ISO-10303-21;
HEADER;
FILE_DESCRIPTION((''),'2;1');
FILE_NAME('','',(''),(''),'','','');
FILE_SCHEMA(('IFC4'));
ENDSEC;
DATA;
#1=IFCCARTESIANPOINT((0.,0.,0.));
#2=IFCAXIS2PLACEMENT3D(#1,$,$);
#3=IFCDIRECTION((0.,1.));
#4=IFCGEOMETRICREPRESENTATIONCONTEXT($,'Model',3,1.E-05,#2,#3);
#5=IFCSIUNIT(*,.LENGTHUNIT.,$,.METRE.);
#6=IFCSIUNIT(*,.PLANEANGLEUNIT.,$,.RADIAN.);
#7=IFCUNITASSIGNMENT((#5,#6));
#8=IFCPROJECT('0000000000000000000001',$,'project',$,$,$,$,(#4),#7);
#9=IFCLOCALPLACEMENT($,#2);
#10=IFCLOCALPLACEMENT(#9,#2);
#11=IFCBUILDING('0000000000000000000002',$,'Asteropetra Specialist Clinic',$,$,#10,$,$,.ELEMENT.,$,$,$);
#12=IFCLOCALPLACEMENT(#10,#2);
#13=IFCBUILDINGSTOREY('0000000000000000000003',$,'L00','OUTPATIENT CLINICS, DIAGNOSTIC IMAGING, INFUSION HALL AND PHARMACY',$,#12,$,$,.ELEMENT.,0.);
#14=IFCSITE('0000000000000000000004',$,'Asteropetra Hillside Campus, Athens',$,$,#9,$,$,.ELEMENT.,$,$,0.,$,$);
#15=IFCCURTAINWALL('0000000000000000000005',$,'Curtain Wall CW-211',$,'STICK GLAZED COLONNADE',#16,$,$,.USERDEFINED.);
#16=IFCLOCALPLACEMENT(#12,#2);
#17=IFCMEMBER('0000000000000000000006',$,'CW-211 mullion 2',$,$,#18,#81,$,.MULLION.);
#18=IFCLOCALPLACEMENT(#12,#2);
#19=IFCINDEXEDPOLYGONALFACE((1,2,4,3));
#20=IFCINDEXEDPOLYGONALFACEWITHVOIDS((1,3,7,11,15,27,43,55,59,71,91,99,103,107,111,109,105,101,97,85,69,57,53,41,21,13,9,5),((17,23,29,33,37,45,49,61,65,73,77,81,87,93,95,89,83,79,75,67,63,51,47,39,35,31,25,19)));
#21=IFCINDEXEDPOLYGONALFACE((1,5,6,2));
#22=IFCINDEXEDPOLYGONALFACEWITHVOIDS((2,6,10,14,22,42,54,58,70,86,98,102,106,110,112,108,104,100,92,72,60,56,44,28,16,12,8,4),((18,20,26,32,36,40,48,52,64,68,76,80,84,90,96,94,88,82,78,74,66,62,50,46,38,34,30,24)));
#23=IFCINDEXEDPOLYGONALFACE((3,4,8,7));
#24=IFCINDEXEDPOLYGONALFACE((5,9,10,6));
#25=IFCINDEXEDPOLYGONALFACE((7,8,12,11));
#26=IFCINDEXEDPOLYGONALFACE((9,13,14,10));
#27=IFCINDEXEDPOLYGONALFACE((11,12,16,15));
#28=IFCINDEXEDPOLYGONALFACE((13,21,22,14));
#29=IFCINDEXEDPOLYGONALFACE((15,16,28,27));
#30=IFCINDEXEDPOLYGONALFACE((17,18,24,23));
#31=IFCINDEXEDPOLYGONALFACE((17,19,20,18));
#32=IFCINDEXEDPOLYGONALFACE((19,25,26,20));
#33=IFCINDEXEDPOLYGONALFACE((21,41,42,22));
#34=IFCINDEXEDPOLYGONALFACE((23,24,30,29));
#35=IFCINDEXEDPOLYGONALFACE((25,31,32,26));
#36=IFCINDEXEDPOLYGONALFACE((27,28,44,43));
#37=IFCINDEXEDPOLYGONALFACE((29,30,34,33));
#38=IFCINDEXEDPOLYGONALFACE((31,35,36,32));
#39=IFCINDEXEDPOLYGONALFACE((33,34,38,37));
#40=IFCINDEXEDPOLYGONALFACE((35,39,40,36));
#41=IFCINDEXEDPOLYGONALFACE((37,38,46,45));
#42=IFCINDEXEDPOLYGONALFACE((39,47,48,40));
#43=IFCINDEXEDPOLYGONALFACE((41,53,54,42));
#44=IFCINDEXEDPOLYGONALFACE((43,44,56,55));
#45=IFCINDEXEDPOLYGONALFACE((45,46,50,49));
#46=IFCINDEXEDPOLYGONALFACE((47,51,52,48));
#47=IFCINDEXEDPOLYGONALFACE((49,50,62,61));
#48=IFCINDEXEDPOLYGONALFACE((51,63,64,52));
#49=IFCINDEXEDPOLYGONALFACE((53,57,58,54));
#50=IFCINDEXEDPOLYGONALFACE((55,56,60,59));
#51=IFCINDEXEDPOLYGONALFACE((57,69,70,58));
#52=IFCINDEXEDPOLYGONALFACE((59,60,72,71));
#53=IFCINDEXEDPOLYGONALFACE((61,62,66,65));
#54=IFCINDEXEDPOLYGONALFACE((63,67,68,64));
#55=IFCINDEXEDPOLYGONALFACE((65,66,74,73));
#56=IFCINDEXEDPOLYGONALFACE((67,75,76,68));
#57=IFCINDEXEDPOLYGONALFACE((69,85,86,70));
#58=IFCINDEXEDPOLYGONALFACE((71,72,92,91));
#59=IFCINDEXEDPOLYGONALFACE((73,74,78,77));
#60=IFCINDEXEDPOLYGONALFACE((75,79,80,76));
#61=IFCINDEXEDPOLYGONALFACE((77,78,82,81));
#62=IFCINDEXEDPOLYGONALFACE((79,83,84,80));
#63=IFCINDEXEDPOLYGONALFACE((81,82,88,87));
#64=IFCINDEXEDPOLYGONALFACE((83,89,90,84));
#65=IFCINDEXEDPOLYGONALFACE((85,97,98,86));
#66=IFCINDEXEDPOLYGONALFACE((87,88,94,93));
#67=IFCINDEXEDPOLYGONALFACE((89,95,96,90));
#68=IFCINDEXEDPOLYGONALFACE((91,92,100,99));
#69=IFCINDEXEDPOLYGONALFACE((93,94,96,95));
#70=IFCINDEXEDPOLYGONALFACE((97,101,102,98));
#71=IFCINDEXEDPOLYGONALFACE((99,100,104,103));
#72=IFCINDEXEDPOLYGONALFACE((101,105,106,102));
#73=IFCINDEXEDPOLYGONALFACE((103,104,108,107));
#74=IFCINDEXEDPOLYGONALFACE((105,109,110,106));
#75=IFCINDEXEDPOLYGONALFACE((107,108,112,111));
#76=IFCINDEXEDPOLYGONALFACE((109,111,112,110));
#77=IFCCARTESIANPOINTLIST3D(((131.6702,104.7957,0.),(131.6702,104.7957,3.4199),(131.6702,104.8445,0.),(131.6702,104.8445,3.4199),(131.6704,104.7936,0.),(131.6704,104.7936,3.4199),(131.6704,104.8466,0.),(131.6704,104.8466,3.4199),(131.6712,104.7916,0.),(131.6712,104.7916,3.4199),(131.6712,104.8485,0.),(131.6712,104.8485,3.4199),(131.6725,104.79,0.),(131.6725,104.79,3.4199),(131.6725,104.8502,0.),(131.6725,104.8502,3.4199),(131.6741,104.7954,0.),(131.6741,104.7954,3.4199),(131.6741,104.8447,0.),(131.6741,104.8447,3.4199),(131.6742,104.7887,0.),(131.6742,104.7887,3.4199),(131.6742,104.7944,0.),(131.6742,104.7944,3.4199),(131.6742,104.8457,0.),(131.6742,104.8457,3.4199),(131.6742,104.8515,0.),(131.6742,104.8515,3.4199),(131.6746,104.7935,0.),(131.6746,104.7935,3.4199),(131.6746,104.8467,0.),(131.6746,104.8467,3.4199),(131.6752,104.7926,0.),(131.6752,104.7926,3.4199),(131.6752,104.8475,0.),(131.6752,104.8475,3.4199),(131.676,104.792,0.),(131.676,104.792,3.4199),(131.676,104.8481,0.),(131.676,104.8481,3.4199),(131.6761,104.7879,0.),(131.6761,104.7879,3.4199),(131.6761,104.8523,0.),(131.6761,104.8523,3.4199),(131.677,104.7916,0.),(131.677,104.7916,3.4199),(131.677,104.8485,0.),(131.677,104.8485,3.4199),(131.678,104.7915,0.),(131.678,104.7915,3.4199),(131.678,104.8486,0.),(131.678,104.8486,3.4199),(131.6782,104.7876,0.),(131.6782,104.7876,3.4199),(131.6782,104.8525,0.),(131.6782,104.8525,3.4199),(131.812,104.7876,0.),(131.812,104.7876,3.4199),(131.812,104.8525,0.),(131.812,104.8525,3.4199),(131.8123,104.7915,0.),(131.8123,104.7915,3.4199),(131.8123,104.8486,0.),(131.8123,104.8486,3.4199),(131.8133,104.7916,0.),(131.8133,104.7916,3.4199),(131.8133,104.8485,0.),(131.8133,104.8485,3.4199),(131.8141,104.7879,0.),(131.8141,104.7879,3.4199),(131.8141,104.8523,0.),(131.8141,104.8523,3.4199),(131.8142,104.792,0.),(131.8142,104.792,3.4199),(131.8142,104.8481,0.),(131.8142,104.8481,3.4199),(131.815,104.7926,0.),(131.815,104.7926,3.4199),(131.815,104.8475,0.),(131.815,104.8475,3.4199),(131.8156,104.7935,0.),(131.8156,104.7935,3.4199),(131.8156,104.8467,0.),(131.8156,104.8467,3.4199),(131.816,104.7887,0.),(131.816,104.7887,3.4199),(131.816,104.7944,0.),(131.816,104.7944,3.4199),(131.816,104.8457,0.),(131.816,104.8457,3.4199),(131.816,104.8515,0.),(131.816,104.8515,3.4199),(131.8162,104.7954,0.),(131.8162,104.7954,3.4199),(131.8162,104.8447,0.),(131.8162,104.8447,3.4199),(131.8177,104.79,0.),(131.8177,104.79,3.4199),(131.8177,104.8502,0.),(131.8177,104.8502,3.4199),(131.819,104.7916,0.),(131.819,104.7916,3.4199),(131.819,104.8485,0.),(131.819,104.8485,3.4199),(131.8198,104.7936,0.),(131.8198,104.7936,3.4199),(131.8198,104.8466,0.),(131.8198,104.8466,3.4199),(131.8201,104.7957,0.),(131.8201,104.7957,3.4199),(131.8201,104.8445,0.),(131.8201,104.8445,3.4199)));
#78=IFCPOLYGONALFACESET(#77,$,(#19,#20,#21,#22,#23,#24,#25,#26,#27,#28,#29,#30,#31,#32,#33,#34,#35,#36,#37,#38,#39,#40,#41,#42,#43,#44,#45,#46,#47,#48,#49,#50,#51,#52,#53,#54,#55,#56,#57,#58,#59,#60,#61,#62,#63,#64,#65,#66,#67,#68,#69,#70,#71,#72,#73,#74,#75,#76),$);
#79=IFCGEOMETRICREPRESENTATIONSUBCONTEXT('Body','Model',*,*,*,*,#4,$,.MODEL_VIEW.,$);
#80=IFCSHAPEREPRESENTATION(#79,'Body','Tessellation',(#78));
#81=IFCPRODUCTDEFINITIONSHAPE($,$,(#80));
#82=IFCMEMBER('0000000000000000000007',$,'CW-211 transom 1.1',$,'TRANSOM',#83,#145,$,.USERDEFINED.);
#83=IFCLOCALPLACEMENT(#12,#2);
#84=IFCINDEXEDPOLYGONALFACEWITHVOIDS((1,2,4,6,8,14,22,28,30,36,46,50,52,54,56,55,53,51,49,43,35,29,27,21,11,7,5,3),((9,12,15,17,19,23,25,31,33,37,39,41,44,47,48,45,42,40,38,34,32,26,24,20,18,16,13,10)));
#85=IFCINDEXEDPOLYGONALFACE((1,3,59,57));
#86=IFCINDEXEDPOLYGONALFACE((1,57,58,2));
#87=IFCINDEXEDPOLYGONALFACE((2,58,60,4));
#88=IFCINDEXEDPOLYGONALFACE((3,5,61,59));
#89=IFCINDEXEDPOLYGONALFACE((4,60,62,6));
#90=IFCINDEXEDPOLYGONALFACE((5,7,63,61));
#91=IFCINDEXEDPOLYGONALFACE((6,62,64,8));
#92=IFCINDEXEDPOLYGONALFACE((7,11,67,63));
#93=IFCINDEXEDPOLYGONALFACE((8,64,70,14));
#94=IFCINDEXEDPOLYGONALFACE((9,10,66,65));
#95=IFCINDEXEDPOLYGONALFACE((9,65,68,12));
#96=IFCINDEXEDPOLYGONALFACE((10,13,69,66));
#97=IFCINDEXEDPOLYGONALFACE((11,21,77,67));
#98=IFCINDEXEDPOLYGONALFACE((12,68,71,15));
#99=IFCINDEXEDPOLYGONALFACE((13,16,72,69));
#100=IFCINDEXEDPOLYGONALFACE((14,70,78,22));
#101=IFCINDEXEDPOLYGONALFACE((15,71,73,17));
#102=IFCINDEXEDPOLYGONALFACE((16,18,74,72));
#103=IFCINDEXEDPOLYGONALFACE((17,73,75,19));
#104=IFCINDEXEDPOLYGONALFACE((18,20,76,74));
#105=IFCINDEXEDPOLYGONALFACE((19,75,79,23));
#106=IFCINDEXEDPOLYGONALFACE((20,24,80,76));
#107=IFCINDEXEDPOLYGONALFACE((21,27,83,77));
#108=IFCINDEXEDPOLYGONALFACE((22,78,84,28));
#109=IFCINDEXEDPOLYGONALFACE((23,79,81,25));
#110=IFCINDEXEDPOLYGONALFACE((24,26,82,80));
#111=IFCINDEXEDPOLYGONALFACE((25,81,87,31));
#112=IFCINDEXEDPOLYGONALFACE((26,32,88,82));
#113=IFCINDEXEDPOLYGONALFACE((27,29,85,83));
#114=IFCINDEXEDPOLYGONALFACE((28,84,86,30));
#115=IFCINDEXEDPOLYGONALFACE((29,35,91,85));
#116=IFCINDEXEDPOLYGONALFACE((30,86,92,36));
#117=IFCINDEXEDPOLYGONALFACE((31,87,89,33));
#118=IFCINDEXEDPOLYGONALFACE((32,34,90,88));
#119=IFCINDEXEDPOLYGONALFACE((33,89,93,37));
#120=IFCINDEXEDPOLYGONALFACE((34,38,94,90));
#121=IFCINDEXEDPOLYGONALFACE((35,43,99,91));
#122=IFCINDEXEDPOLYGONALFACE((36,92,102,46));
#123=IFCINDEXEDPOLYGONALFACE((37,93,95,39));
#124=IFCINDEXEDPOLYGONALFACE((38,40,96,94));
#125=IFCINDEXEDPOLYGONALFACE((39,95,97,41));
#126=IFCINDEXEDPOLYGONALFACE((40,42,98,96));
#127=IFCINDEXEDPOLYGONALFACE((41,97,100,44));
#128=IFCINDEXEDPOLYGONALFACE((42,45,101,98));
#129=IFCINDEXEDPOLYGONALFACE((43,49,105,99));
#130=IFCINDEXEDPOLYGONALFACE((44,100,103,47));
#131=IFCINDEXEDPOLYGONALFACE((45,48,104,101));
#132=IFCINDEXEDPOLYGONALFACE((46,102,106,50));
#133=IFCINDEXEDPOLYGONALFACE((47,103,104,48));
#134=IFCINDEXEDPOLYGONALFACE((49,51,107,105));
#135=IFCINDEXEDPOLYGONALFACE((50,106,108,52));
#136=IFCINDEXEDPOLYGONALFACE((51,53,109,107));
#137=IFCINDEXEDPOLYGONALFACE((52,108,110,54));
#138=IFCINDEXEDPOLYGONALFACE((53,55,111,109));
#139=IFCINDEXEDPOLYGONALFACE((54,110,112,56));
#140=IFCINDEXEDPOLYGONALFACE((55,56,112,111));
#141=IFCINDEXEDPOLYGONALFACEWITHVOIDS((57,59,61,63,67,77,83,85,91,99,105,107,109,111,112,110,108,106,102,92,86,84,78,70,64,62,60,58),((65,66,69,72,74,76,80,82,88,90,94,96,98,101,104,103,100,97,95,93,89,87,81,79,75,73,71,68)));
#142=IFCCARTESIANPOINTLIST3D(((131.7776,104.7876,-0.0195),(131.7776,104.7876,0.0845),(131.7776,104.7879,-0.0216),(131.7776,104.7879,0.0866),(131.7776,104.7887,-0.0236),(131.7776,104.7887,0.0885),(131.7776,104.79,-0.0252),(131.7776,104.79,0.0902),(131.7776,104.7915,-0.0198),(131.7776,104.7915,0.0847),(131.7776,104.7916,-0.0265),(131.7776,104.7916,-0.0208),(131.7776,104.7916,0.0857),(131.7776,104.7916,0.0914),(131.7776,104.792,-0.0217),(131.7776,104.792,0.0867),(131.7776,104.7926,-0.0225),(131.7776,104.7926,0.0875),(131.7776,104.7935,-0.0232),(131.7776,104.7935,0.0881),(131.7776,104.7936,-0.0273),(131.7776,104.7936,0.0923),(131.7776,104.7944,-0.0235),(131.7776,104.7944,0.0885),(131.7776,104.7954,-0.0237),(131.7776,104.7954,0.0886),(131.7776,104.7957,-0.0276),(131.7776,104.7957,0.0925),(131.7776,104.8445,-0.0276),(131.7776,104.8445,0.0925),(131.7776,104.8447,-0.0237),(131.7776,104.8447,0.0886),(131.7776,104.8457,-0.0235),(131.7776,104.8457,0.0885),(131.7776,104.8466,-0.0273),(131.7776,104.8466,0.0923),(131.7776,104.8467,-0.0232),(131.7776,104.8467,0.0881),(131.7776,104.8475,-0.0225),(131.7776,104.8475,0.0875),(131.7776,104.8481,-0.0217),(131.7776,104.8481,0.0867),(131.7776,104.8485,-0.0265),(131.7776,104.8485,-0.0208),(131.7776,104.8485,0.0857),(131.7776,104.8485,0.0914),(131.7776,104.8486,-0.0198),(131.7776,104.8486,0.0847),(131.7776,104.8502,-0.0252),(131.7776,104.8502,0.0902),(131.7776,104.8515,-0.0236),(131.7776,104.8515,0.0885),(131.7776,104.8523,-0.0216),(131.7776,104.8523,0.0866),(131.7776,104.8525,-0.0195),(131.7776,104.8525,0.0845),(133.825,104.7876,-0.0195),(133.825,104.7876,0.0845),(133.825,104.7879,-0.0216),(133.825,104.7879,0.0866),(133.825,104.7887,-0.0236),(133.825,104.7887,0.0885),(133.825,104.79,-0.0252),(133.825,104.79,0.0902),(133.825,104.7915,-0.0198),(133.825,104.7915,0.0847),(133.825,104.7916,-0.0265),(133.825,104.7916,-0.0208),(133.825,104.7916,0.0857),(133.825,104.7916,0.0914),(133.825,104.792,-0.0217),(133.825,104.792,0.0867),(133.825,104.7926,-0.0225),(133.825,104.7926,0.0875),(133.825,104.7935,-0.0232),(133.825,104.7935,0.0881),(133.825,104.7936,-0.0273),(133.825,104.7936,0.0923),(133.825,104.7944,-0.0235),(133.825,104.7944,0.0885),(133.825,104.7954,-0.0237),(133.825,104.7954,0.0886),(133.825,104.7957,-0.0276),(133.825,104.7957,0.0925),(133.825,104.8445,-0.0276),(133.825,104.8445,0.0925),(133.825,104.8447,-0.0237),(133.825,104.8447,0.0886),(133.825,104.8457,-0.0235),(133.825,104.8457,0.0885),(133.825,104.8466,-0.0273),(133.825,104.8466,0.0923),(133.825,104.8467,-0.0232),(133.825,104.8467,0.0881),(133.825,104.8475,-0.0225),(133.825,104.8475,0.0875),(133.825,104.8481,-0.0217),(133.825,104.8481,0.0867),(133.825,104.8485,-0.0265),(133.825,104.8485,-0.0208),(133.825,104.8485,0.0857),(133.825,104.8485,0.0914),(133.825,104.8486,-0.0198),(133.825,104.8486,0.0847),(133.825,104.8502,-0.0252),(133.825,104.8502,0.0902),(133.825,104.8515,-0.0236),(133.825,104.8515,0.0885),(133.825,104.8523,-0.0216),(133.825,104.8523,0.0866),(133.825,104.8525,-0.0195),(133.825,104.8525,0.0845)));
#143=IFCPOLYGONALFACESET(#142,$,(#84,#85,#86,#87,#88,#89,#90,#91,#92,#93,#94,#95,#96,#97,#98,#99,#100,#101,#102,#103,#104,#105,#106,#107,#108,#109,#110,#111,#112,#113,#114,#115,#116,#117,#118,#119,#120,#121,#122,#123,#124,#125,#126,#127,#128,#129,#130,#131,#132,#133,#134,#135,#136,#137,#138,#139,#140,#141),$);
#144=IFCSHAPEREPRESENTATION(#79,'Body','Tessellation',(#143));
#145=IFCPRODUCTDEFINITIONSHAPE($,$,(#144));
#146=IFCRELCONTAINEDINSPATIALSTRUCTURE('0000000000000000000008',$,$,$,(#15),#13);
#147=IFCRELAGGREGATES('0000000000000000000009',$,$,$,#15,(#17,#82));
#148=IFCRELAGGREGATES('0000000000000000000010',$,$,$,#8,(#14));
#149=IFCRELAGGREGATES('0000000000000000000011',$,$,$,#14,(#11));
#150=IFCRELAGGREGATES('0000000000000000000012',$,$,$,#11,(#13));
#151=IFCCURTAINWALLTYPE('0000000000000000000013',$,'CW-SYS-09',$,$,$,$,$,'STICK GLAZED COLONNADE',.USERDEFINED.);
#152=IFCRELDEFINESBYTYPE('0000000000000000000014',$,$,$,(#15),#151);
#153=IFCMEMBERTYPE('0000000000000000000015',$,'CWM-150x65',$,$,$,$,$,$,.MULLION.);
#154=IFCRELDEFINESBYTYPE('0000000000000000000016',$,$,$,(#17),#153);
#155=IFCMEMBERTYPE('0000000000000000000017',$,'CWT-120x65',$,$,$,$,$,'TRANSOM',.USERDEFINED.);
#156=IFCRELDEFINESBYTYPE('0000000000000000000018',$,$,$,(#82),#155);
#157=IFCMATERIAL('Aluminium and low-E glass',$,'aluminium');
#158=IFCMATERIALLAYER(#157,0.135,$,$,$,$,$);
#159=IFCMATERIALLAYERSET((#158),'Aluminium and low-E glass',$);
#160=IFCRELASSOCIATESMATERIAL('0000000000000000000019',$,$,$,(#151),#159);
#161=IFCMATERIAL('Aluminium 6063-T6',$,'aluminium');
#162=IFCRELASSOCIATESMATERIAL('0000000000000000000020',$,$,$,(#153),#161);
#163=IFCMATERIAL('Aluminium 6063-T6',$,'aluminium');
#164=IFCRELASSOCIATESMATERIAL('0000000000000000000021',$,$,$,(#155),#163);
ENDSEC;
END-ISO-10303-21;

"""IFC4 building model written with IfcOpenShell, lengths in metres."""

from ifc_helpers import new_model, si_unit, direction, frame, origin, origin_2d, place, context, subcontext, project, spatial, hollow_rectangle, extrude, material, layer, layer_set, material_profile, profile_set, type_object, element, aggregate, save


model = new_model("IFC4")

# Units and contexts
model_context = context("Model", 3, precision=1e-05, world=origin(), true_north=direction((0.0, 1.0)))
body_context = subcontext(model_context, "Body", "Model", "MODEL_VIEW")
ifc_project = project(units=[si_unit("LENGTHUNIT", "METRE"), si_unit("PLANEANGLEUNIT", "RADIAN")], contexts=[model_context])

# Site, building, storey
site_placement = place(None, origin())
site = spatial("IfcSite", under=ifc_project, at=site_placement, Name="Asteropetra Hillside Campus, Athens", CompositionType="ELEMENT", RefElevation=0.0)
building_placement = place(site_placement, origin())
building = spatial("IfcBuilding", under=site, at=building_placement, Name="Asteropetra Specialist Clinic", CompositionType="ELEMENT")
storey_placement = place(building_placement, origin())
storey = spatial("IfcBuildingStorey", under=building, at=storey_placement, Name="L00", Description="OUTPATIENT CLINICS, DIAGNOSTIC IMAGING, INFUSION HALL AND PHARMACY", CompositionType="ELEMENT", Elevation=0.0)

# Curtain wall, members
ifc_material_1 = material(Name="Aluminium and low-E glass", Category="aluminium")
ifc_layer_1 = layer(ifc_material_1, 0.135)
ifc_layer_set_1 = layer_set([ifc_layer_1], Name="Aluminium and low-E glass")
curtain_wall_type = type_object("IfcCurtainWallType", Name="CW-SYS-09", ElementType="STICK GLAZED COLONNADE", PredefinedType="USERDEFINED", material=ifc_layer_set_1)
curtain_wall_placement = place(storey_placement, origin())
curtain_wall = element("IfcCurtainWall", 1, at=curtain_wall_placement, inside=storey, type_object=curtain_wall_type, Name="Curtain Wall CW-211", ObjectType="STICK GLAZED COLONNADE", PredefinedType="USERDEFINED")
ifc_material_2 = material(Name="Aluminium 6063-T6", Category="aluminium")
ifc_material_profile_1 = material_profile(ifc_material_2, hollow_rectangle(XDim=0.0649, YDim=0.1499, WallThickness=0.0039, InnerFilletRadius=0.0039, OuterFilletRadius=0.0081, at=origin_2d()), Name="MUL 150x65x4.0")
ifc_profile_set_1 = profile_set([ifc_material_profile_1], Name="Aluminium 6063-T6")
member_type_1 = type_object("IfcMemberType", Name="CWM-150x65", PredefinedType="MULLION", material=ifc_profile_set_1)
member_1_placement = place(storey_placement, frame((131.7451, 104.8201, 0.0), z_axis=(0.0, 0.0, 1.0), x_axis=(0.0, -1.0, 0.0)))
member_1 = element("IfcMember", 2, at=member_1_placement, type_object=member_type_1, Name="CW-211 mullion 2", PredefinedType="MULLION", context=body_context, shape_type="SweptSolid", body=[
    extrude(hollow_rectangle(XDim=0.0649, YDim=0.1499, WallThickness=0.0039, InnerFilletRadius=0.0039, OuterFilletRadius=0.0081, at=origin_2d()), origin(), (0.0, 0.0, 1.0), 3.4199),
])
ifc_material_3 = material(Name="Aluminium 6063-T6", Category="aluminium")
ifc_material_profile_2 = material_profile(ifc_material_3, hollow_rectangle(XDim=0.0649, YDim=0.1201, WallThickness=0.0039, InnerFilletRadius=0.0039, OuterFilletRadius=0.0081, at=origin_2d()), Name="TRN 120x65x4.0")
ifc_profile_set_2 = profile_set([ifc_material_profile_2], Name="Aluminium 6063-T6")
member_type_2 = type_object("IfcMemberType", Name="CWT-120x65", ElementType="TRANSOM", PredefinedType="USERDEFINED", material=ifc_profile_set_2)
member_2_placement = place(storey_placement, frame((133.825, 104.8201, 0.0325), z_axis=(-1.0, 0.0, 0.0), x_axis=(0.0, -1.0, 0.0)))
member_2 = element("IfcMember", 3, at=member_2_placement, type_object=member_type_2, Name="CW-211 transom 1.1", ObjectType="TRANSOM", PredefinedType="USERDEFINED", context=body_context, shape_type="SweptSolid", body=[
    extrude(hollow_rectangle(XDim=0.0649, YDim=0.1201, WallThickness=0.0039, InnerFilletRadius=0.0039, OuterFilletRadius=0.0081, at=origin_2d()), origin(), (0.0, 0.0, 1.0), 2.0474),
])
aggregate(curtain_wall, [member_1, member_2])

save(model, "model.ifc")
